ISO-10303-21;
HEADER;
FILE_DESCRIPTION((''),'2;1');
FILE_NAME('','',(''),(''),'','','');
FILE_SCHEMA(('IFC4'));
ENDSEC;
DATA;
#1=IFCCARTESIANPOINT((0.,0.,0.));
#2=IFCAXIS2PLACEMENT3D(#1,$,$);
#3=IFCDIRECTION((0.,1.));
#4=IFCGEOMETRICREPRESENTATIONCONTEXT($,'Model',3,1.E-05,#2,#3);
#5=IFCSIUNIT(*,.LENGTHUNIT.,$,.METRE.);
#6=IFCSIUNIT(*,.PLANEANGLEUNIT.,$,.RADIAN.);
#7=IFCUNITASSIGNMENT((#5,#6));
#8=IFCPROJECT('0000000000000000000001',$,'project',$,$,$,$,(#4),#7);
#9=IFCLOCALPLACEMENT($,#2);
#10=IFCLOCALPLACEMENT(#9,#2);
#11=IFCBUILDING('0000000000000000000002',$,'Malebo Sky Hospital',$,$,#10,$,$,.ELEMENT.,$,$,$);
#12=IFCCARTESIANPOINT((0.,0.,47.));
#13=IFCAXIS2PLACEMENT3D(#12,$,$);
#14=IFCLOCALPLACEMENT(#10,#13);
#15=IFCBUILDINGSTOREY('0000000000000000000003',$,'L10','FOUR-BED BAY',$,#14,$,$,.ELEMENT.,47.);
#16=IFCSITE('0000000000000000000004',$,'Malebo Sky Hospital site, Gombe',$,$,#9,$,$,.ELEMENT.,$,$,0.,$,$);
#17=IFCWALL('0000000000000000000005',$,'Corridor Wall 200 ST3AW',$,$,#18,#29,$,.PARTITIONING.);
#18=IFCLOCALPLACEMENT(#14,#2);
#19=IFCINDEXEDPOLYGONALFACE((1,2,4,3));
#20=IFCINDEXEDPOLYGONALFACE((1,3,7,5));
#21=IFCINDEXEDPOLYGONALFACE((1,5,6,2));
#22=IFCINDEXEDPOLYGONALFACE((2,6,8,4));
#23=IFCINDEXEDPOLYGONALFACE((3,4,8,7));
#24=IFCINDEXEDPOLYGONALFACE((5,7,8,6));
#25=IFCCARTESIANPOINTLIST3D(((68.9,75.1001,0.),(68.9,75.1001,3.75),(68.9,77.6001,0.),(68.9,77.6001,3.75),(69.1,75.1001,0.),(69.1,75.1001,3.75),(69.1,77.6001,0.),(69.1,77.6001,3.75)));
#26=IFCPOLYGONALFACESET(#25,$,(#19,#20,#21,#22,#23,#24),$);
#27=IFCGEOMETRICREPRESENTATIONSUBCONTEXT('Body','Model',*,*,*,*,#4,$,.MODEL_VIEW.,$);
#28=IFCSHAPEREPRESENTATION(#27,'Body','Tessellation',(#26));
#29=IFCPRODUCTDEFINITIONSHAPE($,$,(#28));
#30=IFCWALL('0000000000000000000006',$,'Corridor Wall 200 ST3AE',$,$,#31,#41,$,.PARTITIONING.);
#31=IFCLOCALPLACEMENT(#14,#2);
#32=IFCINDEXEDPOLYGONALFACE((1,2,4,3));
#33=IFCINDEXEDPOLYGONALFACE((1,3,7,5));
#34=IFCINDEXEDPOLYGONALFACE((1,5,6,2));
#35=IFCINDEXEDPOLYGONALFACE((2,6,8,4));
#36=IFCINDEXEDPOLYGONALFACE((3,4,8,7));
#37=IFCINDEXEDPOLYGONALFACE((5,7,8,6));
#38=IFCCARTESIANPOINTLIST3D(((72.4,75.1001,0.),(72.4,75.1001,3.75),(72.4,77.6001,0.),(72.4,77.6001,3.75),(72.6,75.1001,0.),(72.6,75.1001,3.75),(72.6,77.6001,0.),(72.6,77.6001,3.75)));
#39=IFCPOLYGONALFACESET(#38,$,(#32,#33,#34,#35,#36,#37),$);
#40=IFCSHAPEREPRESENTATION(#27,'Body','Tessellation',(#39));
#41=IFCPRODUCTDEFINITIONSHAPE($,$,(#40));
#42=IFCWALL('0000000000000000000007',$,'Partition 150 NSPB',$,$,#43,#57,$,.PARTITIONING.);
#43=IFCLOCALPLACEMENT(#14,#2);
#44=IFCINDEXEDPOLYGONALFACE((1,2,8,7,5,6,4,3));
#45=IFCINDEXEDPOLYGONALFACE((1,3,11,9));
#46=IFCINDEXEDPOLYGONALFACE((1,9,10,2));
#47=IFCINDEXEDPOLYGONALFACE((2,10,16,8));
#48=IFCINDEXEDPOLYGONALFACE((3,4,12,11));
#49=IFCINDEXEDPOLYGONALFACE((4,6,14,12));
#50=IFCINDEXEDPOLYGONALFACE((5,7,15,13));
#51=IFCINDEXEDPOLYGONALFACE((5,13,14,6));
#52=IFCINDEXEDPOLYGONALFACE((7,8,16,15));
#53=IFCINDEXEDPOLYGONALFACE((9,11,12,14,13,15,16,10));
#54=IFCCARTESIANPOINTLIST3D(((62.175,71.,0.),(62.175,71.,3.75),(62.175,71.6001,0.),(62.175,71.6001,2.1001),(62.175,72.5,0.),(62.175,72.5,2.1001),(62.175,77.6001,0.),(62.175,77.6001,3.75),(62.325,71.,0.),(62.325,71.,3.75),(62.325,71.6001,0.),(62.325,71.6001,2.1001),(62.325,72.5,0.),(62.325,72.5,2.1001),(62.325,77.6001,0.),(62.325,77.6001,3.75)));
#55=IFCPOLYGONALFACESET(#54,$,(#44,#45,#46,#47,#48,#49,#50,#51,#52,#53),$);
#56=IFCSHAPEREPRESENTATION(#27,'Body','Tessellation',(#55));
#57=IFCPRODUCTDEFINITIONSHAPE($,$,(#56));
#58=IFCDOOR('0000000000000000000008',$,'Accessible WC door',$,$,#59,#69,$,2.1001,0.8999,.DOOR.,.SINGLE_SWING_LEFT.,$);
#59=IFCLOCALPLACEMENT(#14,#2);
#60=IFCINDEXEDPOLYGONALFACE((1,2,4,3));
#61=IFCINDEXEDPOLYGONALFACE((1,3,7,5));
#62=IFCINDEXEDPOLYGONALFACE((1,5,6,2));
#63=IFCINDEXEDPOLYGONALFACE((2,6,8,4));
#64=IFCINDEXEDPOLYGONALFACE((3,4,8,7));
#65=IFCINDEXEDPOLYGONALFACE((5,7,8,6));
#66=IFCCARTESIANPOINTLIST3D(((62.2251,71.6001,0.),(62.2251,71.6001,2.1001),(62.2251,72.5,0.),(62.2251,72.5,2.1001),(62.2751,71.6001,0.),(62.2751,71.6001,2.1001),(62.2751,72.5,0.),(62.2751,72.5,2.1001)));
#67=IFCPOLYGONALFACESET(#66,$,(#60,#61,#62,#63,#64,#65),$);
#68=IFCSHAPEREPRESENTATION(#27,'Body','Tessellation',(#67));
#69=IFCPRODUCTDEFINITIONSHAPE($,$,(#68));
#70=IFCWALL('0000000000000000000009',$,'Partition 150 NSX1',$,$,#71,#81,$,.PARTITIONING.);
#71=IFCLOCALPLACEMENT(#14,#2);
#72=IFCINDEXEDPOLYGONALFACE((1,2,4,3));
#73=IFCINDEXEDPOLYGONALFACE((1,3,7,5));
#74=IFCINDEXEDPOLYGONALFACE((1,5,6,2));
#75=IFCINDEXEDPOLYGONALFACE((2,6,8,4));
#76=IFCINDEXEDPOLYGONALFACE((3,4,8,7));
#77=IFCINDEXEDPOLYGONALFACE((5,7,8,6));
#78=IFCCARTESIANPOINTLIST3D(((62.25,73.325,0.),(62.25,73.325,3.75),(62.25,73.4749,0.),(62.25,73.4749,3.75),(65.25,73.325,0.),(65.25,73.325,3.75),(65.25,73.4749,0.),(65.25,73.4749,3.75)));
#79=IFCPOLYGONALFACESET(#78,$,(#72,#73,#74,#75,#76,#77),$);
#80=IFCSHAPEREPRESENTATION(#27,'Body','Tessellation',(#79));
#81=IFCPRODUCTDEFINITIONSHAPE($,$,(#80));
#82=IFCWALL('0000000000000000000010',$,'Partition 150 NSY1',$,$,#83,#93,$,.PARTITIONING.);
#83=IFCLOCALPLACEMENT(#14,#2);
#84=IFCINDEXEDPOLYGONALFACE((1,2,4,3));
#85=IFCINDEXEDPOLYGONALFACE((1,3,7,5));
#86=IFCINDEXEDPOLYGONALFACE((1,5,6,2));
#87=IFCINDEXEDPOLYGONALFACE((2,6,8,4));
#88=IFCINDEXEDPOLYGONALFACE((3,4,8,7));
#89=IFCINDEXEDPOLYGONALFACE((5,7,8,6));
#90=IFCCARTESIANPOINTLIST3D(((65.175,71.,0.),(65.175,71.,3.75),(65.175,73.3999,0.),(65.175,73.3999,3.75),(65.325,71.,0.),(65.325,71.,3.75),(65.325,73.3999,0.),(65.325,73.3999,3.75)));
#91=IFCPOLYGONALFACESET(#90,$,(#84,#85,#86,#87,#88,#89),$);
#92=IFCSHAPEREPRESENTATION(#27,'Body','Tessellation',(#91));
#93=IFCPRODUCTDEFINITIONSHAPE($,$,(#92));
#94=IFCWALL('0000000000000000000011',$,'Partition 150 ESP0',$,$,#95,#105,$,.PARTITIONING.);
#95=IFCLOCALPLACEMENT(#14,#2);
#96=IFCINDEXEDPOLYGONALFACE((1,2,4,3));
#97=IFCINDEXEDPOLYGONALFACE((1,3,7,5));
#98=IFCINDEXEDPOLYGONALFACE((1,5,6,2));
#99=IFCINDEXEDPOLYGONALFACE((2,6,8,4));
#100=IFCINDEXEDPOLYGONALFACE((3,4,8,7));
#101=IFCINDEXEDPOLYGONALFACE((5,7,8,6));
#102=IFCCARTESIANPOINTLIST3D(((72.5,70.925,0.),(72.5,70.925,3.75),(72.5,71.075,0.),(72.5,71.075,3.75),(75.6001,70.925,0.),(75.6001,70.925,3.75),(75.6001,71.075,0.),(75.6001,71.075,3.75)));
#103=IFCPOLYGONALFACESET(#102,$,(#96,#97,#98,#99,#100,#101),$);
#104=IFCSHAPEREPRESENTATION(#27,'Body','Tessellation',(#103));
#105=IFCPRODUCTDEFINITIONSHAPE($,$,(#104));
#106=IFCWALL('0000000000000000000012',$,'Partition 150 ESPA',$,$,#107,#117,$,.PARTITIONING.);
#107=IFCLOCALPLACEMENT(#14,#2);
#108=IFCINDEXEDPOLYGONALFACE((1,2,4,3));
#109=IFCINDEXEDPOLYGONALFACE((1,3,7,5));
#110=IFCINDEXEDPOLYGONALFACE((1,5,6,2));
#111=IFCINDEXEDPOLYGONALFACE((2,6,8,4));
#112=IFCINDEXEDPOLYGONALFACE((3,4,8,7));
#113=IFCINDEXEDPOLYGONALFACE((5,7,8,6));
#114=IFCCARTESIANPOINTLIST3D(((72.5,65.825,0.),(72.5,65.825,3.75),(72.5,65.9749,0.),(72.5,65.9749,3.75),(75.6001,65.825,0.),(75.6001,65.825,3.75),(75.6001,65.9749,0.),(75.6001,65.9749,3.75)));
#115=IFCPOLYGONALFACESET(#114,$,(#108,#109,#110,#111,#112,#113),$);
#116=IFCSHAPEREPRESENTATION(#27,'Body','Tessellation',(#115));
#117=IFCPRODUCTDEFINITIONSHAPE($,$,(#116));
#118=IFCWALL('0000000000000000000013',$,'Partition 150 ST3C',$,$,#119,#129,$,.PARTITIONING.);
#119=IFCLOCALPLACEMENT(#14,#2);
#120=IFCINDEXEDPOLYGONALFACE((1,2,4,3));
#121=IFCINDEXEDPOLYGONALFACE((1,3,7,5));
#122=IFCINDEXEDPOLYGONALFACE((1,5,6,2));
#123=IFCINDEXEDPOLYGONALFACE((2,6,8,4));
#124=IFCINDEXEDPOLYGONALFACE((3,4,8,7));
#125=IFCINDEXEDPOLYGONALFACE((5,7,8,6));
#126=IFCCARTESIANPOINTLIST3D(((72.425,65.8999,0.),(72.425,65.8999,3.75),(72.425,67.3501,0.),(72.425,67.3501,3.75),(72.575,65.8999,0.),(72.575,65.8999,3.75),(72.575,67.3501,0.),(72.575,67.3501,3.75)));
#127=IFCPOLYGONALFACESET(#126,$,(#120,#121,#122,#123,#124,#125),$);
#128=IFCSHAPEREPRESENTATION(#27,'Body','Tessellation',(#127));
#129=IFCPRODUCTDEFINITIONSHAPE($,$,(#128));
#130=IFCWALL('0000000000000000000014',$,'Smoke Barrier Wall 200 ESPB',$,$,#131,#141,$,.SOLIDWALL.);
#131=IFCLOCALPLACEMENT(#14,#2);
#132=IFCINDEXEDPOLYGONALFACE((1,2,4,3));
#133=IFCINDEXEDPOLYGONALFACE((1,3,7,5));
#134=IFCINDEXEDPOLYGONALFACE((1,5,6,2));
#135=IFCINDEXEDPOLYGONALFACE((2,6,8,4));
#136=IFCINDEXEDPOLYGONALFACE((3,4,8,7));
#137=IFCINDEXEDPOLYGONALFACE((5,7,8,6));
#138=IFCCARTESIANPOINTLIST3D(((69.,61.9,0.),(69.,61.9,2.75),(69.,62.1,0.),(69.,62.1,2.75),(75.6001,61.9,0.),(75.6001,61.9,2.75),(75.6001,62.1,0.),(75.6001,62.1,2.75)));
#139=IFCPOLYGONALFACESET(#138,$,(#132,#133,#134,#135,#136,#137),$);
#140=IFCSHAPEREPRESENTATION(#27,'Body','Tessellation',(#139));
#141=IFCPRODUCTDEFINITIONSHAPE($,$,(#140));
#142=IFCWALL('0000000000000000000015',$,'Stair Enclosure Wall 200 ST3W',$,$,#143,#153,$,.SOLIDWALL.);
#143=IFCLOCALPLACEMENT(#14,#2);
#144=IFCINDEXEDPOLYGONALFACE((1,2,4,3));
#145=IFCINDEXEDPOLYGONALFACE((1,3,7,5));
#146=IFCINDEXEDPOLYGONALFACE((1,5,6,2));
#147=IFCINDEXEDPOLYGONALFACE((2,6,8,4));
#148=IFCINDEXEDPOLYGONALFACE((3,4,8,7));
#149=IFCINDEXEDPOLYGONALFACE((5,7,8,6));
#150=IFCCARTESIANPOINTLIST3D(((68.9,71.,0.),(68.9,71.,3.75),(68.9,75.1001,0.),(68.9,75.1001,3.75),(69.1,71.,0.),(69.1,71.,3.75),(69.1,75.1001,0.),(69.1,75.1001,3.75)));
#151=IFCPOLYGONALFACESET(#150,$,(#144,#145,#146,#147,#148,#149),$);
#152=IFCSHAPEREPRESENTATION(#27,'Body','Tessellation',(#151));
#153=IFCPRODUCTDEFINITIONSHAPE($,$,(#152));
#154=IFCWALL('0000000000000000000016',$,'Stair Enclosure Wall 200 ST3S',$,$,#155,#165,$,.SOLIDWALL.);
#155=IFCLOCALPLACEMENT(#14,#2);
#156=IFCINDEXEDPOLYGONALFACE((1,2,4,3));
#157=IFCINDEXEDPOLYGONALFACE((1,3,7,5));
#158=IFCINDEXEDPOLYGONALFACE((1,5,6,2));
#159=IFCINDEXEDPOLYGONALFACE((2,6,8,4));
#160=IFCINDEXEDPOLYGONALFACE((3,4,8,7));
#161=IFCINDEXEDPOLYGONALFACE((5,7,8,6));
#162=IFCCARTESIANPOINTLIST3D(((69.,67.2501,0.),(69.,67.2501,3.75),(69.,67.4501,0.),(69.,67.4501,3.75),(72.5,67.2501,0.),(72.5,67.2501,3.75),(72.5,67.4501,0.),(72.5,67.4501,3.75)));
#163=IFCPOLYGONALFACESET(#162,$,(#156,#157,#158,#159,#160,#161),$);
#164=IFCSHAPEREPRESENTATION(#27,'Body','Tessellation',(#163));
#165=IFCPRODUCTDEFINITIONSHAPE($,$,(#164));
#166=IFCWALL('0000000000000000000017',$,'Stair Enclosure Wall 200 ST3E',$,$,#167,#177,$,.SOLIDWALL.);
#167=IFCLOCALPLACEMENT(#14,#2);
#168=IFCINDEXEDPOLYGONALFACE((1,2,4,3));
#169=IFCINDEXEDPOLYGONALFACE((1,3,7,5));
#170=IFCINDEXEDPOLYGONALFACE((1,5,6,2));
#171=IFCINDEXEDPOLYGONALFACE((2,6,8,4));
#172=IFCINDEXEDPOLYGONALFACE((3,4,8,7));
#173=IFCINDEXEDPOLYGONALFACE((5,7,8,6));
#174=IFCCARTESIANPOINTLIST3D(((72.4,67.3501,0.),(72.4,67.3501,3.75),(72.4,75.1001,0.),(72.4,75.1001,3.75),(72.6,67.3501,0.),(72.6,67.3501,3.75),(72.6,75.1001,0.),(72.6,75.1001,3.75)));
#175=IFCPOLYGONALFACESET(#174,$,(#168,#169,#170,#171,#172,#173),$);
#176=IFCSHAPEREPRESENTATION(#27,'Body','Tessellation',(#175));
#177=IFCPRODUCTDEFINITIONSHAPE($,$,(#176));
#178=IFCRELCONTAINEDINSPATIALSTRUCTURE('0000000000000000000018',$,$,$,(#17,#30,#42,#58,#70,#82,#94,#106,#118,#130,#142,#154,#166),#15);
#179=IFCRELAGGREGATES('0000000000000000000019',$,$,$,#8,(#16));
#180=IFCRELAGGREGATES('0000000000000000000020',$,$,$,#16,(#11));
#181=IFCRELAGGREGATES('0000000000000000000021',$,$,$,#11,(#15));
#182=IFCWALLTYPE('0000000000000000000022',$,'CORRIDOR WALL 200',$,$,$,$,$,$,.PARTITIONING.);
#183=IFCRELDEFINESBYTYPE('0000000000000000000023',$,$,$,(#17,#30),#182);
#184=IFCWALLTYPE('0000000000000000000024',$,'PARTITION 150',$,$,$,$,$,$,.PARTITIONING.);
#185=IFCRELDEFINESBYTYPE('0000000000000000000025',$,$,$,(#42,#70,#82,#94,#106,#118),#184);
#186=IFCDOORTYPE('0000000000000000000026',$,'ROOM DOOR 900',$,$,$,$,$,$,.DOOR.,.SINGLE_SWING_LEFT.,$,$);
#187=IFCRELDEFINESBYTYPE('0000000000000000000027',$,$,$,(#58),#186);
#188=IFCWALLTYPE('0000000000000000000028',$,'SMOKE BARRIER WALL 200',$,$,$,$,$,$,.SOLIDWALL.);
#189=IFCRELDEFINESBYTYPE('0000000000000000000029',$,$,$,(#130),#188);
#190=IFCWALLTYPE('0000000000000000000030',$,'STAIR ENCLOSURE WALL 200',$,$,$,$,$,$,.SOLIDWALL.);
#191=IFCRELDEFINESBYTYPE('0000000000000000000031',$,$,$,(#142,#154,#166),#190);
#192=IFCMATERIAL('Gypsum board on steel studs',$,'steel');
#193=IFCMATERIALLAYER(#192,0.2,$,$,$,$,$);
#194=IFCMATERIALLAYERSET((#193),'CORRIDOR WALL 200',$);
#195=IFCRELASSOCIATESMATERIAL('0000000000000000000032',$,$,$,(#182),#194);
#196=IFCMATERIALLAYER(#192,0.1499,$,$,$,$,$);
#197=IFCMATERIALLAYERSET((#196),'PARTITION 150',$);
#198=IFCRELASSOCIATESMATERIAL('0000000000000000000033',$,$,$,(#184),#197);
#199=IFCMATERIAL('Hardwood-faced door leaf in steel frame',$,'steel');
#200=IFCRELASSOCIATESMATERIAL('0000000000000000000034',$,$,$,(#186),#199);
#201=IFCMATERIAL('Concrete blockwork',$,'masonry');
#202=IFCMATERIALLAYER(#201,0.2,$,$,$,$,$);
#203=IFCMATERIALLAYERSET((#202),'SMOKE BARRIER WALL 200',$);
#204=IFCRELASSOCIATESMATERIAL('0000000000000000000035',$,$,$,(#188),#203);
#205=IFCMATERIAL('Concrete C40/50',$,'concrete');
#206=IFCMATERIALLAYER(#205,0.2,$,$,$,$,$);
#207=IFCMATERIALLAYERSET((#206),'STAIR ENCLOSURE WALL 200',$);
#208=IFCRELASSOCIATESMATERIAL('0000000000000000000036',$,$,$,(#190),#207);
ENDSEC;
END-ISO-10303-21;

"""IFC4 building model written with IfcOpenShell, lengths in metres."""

from ifc_helpers import new_model, si_unit, direction, frame, frame_2d, origin, place, context, subcontext, project, spatial, rectangle, extrude, material, layer, layer_set, type_object, element, fill, save


model = new_model("IFC4")

# Units and contexts
model_context = context("Model", 3, precision=1e-05, world=origin(), true_north=direction((0.0, 1.0)))
body_context = subcontext(model_context, "Body", "Model", "MODEL_VIEW")
ifc_project = project(units=[si_unit("LENGTHUNIT", "METRE"), si_unit("PLANEANGLEUNIT", "RADIAN")], contexts=[model_context])

# Site, building, storey
site_placement = place(None, origin())
site = spatial("IfcSite", under=ifc_project, at=site_placement, Name="Malebo Sky Hospital site, Gombe", CompositionType="ELEMENT", RefElevation=0.0)
building_placement = place(site_placement, origin())
building = spatial("IfcBuilding", under=site, at=building_placement, Name="Malebo Sky Hospital", CompositionType="ELEMENT")
storey_placement = place(building_placement, frame((0.0, 0.0, 47.0)))
storey = spatial("IfcBuildingStorey", under=building, at=storey_placement, Name="L10", Description="FOUR-BED BAY", CompositionType="ELEMENT", Elevation=47.0)

# Walls
ifc_material_1 = material(Name="Gypsum board on steel studs", Category="steel")
ifc_layer_1 = layer(ifc_material_1, 0.2)
ifc_layer_set_1 = layer_set([ifc_layer_1], Name="CORRIDOR WALL 200")
wall_type_1 = type_object("IfcWallType", Name="CORRIDOR WALL 200", PredefinedType="PARTITIONING", material=ifc_layer_set_1)
for number, where, z_axis, x_axis, name in (
    (1, (69.0, 75.1001, 0.0), (0.0, 0.0, 1.0), (0.0, 1.0, 0.0), "Corridor Wall 200 ST3AW"),
    (2, (72.5, 75.1001, 0.0), (0.0, 0.0, 1.0), (0.0, 1.0, 0.0), "Corridor Wall 200 ST3AE"),
):
    element("IfcWall", number, at=place(storey_placement, frame(where, z_axis=z_axis, x_axis=x_axis)), inside=storey, type_object=wall_type_1, Name=name, PredefinedType="PARTITIONING", context=body_context, shape_type="SweptSolid", body=[
        extrude(rectangle(XDim=2.5, YDim=0.2, at=frame_2d((1.25, 0.0))), origin(), (0.0, 0.0, 1.0), 3.75),
    ])

# Wall, opening, door
ifc_layer_2 = layer(ifc_material_1, 0.1499)
ifc_layer_set_2 = layer_set([ifc_layer_2], Name="PARTITION 150")
wall_type_2 = type_object("IfcWallType", Name="PARTITION 150", PredefinedType="PARTITIONING", material=ifc_layer_set_2)
wall_1_placement = place(storey_placement, frame((62.25, 71.0, 0.0), z_axis=(0.0, 0.0, 1.0), x_axis=(0.0, 1.0, 0.0)))
wall_1 = element("IfcWall", 3, at=wall_1_placement, inside=storey, type_object=wall_type_2, Name="Partition 150 NSPB", PredefinedType="PARTITIONING", context=body_context, shape_type="SweptSolid", body=[
    extrude(rectangle(XDim=6.6001, YDim=0.1499, at=frame_2d((3.3, 0.0))), origin(), (0.0, 0.0, 1.0), 3.75),
])
opening_1_placement = place(wall_1_placement, frame((0.6001, 0.0, 0.0)))
opening_1 = element("IfcOpeningElement", 4, at=opening_1_placement, cuts=wall_1, PredefinedType="OPENING", context=body_context, shape_type="SweptSolid", body=[
    extrude(rectangle(XDim=0.8999, YDim=2.1001, at=frame_2d((0.45, 1.05))), frame((0.0, 0.085, 0.0), z_axis=(0.0, -1.0, 0.0), x_axis=(1.0, 0.0, 0.0)), (0.0, 0.0, 1.0), 0.1699),
])
ifc_material_2 = material(Name="Hardwood-faced door leaf in steel frame", Category="steel")
door_type_1 = type_object("IfcDoorType", Name="ROOM DOOR 900", OperationType="SINGLE_SWING_LEFT", PredefinedType="DOOR", material=ifc_material_2)
door_1_placement = place(opening_1_placement, origin())
door_1 = element("IfcDoor", 5, at=door_1_placement, inside=storey, type_object=door_type_1, Name="Accessible WC door", OperationType="SINGLE_SWING_LEFT", OverallHeight=2.1001, OverallWidth=0.8999, PredefinedType="DOOR", context=body_context, shape_type="SweptSolid", body=[
    extrude(rectangle(XDim=0.8999, YDim=2.1001, at=frame_2d((0.45, 1.05))), frame((0.0, 0.0249, 0.0), z_axis=(0.0, -1.0, 0.0), x_axis=(1.0, 0.0, 0.0)), (0.0, 0.0, 1.0), 0.05),
])
fill(opening_1, door_1)

# Walls
wall_2_placement = place(storey_placement, frame((62.25, 73.3999, 0.0), z_axis=(0.0, 0.0, 1.0), x_axis=(1.0, 0.0, 0.0)))
element("IfcWall", 6, at=wall_2_placement, inside=storey, type_object=wall_type_2, Name="Partition 150 NSX1", PredefinedType="PARTITIONING", context=body_context, shape_type="SweptSolid", body=[
    extrude(rectangle(XDim=3.0, YDim=0.1499, at=frame_2d((1.5, 0.0))), origin(), (0.0, 0.0, 1.0), 3.75),
])
wall_3_placement = place(storey_placement, frame((65.25, 71.0, 0.0), z_axis=(0.0, 0.0, 1.0), x_axis=(0.0, 1.0, 0.0)))
element("IfcWall", 7, at=wall_3_placement, inside=storey, type_object=wall_type_2, Name="Partition 150 NSY1", PredefinedType="PARTITIONING", context=body_context, shape_type="SweptSolid", body=[
    extrude(rectangle(XDim=2.3999, YDim=0.1499, at=frame_2d((1.2, 0.0))), origin(), (0.0, 0.0, 1.0), 3.75),
])
for number, where, z_axis, x_axis, name in (
    (8, (72.5, 71.0, 0.0), (0.0, 0.0, 1.0), (1.0, 0.0, 0.0), "Partition 150 ESP0"),
    (9, (72.5, 65.8999, 0.0), (0.0, 0.0, 1.0), (1.0, 0.0, 0.0), "Partition 150 ESPA"),
):
    element("IfcWall", number, at=place(storey_placement, frame(where, z_axis=z_axis, x_axis=x_axis)), inside=storey, type_object=wall_type_2, Name=name, PredefinedType="PARTITIONING", context=body_context, shape_type="SweptSolid", body=[
        extrude(rectangle(XDim=3.1001, YDim=0.1499, at=frame_2d((1.55, 0.0))), origin(), (0.0, 0.0, 1.0), 3.75),
    ])
wall_4_placement = place(storey_placement, frame((72.5, 65.8999, 0.0), z_axis=(0.0, 0.0, 1.0), x_axis=(0.0, 1.0, 0.0)))
element("IfcWall", 10, at=wall_4_placement, inside=storey, type_object=wall_type_2, Name="Partition 150 ST3C", PredefinedType="PARTITIONING", context=body_context, shape_type="SweptSolid", body=[
    extrude(rectangle(XDim=1.4502, YDim=0.1499, at=frame_2d((0.7251, 0.0))), origin(), (0.0, 0.0, 1.0), 3.75),
])
ifc_material_3 = material(Name="Concrete blockwork", Category="masonry")
ifc_layer_3 = layer(ifc_material_3, 0.2)
ifc_layer_set_3 = layer_set([ifc_layer_3], Name="SMOKE BARRIER WALL 200")
wall_type_3 = type_object("IfcWallType", Name="SMOKE BARRIER WALL 200", PredefinedType="SOLIDWALL", material=ifc_layer_set_3)
wall_5_placement = place(storey_placement, frame((69.0, 62.0, 0.0), z_axis=(0.0, 0.0, 1.0), x_axis=(1.0, 0.0, 0.0)))
element("IfcWall", 11, at=wall_5_placement, inside=storey, type_object=wall_type_3, Name="Smoke Barrier Wall 200 ESPB", PredefinedType="SOLIDWALL", context=body_context, shape_type="SweptSolid", body=[
    extrude(rectangle(XDim=6.6001, YDim=0.2, at=frame_2d((3.3, 0.0))), origin(), (0.0, 0.0, 1.0), 2.75),
])
ifc_material_4 = material(Name="Concrete C40/50", Category="concrete")
ifc_layer_4 = layer(ifc_material_4, 0.2)
ifc_layer_set_4 = layer_set([ifc_layer_4], Name="STAIR ENCLOSURE WALL 200")
wall_type_4 = type_object("IfcWallType", Name="STAIR ENCLOSURE WALL 200", PredefinedType="SOLIDWALL", material=ifc_layer_set_4)
wall_6_placement = place(storey_placement, frame((69.0, 71.0, 0.0), z_axis=(0.0, 0.0, 1.0), x_axis=(0.0, 1.0, 0.0)))
element("IfcWall", 12, at=wall_6_placement, inside=storey, type_object=wall_type_4, Name="Stair Enclosure Wall 200 ST3W", PredefinedType="SOLIDWALL", context=body_context, shape_type="SweptSolid", body=[
    extrude(rectangle(XDim=4.1001, YDim=0.2, at=frame_2d((2.05, 0.0))), origin(), (0.0, 0.0, 1.0), 3.75),
])
wall_7_placement = place(storey_placement, frame((69.0, 67.3501, 0.0), z_axis=(0.0, 0.0, 1.0), x_axis=(1.0, 0.0, 0.0)))
element("IfcWall", 13, at=wall_7_placement, inside=storey, type_object=wall_type_4, Name="Stair Enclosure Wall 200 ST3S", PredefinedType="SOLIDWALL", context=body_context, shape_type="SweptSolid", body=[
    extrude(rectangle(XDim=3.5, YDim=0.2, at=frame_2d((1.75, 0.0))), origin(), (0.0, 0.0, 1.0), 3.75),
])
wall_8_placement = place(storey_placement, frame((72.5, 67.3501, 0.0), z_axis=(0.0, 0.0, 1.0), x_axis=(0.0, 1.0, 0.0)))
element("IfcWall", 14, at=wall_8_placement, inside=storey, type_object=wall_type_4, Name="Stair Enclosure Wall 200 ST3E", PredefinedType="SOLIDWALL", context=body_context, shape_type="SweptSolid", body=[
    extrude(rectangle(XDim=7.75, YDim=0.2, at=frame_2d((3.875, 0.0))), origin(), (0.0, 0.0, 1.0), 3.75),
])

save(model, "model.ifc")
